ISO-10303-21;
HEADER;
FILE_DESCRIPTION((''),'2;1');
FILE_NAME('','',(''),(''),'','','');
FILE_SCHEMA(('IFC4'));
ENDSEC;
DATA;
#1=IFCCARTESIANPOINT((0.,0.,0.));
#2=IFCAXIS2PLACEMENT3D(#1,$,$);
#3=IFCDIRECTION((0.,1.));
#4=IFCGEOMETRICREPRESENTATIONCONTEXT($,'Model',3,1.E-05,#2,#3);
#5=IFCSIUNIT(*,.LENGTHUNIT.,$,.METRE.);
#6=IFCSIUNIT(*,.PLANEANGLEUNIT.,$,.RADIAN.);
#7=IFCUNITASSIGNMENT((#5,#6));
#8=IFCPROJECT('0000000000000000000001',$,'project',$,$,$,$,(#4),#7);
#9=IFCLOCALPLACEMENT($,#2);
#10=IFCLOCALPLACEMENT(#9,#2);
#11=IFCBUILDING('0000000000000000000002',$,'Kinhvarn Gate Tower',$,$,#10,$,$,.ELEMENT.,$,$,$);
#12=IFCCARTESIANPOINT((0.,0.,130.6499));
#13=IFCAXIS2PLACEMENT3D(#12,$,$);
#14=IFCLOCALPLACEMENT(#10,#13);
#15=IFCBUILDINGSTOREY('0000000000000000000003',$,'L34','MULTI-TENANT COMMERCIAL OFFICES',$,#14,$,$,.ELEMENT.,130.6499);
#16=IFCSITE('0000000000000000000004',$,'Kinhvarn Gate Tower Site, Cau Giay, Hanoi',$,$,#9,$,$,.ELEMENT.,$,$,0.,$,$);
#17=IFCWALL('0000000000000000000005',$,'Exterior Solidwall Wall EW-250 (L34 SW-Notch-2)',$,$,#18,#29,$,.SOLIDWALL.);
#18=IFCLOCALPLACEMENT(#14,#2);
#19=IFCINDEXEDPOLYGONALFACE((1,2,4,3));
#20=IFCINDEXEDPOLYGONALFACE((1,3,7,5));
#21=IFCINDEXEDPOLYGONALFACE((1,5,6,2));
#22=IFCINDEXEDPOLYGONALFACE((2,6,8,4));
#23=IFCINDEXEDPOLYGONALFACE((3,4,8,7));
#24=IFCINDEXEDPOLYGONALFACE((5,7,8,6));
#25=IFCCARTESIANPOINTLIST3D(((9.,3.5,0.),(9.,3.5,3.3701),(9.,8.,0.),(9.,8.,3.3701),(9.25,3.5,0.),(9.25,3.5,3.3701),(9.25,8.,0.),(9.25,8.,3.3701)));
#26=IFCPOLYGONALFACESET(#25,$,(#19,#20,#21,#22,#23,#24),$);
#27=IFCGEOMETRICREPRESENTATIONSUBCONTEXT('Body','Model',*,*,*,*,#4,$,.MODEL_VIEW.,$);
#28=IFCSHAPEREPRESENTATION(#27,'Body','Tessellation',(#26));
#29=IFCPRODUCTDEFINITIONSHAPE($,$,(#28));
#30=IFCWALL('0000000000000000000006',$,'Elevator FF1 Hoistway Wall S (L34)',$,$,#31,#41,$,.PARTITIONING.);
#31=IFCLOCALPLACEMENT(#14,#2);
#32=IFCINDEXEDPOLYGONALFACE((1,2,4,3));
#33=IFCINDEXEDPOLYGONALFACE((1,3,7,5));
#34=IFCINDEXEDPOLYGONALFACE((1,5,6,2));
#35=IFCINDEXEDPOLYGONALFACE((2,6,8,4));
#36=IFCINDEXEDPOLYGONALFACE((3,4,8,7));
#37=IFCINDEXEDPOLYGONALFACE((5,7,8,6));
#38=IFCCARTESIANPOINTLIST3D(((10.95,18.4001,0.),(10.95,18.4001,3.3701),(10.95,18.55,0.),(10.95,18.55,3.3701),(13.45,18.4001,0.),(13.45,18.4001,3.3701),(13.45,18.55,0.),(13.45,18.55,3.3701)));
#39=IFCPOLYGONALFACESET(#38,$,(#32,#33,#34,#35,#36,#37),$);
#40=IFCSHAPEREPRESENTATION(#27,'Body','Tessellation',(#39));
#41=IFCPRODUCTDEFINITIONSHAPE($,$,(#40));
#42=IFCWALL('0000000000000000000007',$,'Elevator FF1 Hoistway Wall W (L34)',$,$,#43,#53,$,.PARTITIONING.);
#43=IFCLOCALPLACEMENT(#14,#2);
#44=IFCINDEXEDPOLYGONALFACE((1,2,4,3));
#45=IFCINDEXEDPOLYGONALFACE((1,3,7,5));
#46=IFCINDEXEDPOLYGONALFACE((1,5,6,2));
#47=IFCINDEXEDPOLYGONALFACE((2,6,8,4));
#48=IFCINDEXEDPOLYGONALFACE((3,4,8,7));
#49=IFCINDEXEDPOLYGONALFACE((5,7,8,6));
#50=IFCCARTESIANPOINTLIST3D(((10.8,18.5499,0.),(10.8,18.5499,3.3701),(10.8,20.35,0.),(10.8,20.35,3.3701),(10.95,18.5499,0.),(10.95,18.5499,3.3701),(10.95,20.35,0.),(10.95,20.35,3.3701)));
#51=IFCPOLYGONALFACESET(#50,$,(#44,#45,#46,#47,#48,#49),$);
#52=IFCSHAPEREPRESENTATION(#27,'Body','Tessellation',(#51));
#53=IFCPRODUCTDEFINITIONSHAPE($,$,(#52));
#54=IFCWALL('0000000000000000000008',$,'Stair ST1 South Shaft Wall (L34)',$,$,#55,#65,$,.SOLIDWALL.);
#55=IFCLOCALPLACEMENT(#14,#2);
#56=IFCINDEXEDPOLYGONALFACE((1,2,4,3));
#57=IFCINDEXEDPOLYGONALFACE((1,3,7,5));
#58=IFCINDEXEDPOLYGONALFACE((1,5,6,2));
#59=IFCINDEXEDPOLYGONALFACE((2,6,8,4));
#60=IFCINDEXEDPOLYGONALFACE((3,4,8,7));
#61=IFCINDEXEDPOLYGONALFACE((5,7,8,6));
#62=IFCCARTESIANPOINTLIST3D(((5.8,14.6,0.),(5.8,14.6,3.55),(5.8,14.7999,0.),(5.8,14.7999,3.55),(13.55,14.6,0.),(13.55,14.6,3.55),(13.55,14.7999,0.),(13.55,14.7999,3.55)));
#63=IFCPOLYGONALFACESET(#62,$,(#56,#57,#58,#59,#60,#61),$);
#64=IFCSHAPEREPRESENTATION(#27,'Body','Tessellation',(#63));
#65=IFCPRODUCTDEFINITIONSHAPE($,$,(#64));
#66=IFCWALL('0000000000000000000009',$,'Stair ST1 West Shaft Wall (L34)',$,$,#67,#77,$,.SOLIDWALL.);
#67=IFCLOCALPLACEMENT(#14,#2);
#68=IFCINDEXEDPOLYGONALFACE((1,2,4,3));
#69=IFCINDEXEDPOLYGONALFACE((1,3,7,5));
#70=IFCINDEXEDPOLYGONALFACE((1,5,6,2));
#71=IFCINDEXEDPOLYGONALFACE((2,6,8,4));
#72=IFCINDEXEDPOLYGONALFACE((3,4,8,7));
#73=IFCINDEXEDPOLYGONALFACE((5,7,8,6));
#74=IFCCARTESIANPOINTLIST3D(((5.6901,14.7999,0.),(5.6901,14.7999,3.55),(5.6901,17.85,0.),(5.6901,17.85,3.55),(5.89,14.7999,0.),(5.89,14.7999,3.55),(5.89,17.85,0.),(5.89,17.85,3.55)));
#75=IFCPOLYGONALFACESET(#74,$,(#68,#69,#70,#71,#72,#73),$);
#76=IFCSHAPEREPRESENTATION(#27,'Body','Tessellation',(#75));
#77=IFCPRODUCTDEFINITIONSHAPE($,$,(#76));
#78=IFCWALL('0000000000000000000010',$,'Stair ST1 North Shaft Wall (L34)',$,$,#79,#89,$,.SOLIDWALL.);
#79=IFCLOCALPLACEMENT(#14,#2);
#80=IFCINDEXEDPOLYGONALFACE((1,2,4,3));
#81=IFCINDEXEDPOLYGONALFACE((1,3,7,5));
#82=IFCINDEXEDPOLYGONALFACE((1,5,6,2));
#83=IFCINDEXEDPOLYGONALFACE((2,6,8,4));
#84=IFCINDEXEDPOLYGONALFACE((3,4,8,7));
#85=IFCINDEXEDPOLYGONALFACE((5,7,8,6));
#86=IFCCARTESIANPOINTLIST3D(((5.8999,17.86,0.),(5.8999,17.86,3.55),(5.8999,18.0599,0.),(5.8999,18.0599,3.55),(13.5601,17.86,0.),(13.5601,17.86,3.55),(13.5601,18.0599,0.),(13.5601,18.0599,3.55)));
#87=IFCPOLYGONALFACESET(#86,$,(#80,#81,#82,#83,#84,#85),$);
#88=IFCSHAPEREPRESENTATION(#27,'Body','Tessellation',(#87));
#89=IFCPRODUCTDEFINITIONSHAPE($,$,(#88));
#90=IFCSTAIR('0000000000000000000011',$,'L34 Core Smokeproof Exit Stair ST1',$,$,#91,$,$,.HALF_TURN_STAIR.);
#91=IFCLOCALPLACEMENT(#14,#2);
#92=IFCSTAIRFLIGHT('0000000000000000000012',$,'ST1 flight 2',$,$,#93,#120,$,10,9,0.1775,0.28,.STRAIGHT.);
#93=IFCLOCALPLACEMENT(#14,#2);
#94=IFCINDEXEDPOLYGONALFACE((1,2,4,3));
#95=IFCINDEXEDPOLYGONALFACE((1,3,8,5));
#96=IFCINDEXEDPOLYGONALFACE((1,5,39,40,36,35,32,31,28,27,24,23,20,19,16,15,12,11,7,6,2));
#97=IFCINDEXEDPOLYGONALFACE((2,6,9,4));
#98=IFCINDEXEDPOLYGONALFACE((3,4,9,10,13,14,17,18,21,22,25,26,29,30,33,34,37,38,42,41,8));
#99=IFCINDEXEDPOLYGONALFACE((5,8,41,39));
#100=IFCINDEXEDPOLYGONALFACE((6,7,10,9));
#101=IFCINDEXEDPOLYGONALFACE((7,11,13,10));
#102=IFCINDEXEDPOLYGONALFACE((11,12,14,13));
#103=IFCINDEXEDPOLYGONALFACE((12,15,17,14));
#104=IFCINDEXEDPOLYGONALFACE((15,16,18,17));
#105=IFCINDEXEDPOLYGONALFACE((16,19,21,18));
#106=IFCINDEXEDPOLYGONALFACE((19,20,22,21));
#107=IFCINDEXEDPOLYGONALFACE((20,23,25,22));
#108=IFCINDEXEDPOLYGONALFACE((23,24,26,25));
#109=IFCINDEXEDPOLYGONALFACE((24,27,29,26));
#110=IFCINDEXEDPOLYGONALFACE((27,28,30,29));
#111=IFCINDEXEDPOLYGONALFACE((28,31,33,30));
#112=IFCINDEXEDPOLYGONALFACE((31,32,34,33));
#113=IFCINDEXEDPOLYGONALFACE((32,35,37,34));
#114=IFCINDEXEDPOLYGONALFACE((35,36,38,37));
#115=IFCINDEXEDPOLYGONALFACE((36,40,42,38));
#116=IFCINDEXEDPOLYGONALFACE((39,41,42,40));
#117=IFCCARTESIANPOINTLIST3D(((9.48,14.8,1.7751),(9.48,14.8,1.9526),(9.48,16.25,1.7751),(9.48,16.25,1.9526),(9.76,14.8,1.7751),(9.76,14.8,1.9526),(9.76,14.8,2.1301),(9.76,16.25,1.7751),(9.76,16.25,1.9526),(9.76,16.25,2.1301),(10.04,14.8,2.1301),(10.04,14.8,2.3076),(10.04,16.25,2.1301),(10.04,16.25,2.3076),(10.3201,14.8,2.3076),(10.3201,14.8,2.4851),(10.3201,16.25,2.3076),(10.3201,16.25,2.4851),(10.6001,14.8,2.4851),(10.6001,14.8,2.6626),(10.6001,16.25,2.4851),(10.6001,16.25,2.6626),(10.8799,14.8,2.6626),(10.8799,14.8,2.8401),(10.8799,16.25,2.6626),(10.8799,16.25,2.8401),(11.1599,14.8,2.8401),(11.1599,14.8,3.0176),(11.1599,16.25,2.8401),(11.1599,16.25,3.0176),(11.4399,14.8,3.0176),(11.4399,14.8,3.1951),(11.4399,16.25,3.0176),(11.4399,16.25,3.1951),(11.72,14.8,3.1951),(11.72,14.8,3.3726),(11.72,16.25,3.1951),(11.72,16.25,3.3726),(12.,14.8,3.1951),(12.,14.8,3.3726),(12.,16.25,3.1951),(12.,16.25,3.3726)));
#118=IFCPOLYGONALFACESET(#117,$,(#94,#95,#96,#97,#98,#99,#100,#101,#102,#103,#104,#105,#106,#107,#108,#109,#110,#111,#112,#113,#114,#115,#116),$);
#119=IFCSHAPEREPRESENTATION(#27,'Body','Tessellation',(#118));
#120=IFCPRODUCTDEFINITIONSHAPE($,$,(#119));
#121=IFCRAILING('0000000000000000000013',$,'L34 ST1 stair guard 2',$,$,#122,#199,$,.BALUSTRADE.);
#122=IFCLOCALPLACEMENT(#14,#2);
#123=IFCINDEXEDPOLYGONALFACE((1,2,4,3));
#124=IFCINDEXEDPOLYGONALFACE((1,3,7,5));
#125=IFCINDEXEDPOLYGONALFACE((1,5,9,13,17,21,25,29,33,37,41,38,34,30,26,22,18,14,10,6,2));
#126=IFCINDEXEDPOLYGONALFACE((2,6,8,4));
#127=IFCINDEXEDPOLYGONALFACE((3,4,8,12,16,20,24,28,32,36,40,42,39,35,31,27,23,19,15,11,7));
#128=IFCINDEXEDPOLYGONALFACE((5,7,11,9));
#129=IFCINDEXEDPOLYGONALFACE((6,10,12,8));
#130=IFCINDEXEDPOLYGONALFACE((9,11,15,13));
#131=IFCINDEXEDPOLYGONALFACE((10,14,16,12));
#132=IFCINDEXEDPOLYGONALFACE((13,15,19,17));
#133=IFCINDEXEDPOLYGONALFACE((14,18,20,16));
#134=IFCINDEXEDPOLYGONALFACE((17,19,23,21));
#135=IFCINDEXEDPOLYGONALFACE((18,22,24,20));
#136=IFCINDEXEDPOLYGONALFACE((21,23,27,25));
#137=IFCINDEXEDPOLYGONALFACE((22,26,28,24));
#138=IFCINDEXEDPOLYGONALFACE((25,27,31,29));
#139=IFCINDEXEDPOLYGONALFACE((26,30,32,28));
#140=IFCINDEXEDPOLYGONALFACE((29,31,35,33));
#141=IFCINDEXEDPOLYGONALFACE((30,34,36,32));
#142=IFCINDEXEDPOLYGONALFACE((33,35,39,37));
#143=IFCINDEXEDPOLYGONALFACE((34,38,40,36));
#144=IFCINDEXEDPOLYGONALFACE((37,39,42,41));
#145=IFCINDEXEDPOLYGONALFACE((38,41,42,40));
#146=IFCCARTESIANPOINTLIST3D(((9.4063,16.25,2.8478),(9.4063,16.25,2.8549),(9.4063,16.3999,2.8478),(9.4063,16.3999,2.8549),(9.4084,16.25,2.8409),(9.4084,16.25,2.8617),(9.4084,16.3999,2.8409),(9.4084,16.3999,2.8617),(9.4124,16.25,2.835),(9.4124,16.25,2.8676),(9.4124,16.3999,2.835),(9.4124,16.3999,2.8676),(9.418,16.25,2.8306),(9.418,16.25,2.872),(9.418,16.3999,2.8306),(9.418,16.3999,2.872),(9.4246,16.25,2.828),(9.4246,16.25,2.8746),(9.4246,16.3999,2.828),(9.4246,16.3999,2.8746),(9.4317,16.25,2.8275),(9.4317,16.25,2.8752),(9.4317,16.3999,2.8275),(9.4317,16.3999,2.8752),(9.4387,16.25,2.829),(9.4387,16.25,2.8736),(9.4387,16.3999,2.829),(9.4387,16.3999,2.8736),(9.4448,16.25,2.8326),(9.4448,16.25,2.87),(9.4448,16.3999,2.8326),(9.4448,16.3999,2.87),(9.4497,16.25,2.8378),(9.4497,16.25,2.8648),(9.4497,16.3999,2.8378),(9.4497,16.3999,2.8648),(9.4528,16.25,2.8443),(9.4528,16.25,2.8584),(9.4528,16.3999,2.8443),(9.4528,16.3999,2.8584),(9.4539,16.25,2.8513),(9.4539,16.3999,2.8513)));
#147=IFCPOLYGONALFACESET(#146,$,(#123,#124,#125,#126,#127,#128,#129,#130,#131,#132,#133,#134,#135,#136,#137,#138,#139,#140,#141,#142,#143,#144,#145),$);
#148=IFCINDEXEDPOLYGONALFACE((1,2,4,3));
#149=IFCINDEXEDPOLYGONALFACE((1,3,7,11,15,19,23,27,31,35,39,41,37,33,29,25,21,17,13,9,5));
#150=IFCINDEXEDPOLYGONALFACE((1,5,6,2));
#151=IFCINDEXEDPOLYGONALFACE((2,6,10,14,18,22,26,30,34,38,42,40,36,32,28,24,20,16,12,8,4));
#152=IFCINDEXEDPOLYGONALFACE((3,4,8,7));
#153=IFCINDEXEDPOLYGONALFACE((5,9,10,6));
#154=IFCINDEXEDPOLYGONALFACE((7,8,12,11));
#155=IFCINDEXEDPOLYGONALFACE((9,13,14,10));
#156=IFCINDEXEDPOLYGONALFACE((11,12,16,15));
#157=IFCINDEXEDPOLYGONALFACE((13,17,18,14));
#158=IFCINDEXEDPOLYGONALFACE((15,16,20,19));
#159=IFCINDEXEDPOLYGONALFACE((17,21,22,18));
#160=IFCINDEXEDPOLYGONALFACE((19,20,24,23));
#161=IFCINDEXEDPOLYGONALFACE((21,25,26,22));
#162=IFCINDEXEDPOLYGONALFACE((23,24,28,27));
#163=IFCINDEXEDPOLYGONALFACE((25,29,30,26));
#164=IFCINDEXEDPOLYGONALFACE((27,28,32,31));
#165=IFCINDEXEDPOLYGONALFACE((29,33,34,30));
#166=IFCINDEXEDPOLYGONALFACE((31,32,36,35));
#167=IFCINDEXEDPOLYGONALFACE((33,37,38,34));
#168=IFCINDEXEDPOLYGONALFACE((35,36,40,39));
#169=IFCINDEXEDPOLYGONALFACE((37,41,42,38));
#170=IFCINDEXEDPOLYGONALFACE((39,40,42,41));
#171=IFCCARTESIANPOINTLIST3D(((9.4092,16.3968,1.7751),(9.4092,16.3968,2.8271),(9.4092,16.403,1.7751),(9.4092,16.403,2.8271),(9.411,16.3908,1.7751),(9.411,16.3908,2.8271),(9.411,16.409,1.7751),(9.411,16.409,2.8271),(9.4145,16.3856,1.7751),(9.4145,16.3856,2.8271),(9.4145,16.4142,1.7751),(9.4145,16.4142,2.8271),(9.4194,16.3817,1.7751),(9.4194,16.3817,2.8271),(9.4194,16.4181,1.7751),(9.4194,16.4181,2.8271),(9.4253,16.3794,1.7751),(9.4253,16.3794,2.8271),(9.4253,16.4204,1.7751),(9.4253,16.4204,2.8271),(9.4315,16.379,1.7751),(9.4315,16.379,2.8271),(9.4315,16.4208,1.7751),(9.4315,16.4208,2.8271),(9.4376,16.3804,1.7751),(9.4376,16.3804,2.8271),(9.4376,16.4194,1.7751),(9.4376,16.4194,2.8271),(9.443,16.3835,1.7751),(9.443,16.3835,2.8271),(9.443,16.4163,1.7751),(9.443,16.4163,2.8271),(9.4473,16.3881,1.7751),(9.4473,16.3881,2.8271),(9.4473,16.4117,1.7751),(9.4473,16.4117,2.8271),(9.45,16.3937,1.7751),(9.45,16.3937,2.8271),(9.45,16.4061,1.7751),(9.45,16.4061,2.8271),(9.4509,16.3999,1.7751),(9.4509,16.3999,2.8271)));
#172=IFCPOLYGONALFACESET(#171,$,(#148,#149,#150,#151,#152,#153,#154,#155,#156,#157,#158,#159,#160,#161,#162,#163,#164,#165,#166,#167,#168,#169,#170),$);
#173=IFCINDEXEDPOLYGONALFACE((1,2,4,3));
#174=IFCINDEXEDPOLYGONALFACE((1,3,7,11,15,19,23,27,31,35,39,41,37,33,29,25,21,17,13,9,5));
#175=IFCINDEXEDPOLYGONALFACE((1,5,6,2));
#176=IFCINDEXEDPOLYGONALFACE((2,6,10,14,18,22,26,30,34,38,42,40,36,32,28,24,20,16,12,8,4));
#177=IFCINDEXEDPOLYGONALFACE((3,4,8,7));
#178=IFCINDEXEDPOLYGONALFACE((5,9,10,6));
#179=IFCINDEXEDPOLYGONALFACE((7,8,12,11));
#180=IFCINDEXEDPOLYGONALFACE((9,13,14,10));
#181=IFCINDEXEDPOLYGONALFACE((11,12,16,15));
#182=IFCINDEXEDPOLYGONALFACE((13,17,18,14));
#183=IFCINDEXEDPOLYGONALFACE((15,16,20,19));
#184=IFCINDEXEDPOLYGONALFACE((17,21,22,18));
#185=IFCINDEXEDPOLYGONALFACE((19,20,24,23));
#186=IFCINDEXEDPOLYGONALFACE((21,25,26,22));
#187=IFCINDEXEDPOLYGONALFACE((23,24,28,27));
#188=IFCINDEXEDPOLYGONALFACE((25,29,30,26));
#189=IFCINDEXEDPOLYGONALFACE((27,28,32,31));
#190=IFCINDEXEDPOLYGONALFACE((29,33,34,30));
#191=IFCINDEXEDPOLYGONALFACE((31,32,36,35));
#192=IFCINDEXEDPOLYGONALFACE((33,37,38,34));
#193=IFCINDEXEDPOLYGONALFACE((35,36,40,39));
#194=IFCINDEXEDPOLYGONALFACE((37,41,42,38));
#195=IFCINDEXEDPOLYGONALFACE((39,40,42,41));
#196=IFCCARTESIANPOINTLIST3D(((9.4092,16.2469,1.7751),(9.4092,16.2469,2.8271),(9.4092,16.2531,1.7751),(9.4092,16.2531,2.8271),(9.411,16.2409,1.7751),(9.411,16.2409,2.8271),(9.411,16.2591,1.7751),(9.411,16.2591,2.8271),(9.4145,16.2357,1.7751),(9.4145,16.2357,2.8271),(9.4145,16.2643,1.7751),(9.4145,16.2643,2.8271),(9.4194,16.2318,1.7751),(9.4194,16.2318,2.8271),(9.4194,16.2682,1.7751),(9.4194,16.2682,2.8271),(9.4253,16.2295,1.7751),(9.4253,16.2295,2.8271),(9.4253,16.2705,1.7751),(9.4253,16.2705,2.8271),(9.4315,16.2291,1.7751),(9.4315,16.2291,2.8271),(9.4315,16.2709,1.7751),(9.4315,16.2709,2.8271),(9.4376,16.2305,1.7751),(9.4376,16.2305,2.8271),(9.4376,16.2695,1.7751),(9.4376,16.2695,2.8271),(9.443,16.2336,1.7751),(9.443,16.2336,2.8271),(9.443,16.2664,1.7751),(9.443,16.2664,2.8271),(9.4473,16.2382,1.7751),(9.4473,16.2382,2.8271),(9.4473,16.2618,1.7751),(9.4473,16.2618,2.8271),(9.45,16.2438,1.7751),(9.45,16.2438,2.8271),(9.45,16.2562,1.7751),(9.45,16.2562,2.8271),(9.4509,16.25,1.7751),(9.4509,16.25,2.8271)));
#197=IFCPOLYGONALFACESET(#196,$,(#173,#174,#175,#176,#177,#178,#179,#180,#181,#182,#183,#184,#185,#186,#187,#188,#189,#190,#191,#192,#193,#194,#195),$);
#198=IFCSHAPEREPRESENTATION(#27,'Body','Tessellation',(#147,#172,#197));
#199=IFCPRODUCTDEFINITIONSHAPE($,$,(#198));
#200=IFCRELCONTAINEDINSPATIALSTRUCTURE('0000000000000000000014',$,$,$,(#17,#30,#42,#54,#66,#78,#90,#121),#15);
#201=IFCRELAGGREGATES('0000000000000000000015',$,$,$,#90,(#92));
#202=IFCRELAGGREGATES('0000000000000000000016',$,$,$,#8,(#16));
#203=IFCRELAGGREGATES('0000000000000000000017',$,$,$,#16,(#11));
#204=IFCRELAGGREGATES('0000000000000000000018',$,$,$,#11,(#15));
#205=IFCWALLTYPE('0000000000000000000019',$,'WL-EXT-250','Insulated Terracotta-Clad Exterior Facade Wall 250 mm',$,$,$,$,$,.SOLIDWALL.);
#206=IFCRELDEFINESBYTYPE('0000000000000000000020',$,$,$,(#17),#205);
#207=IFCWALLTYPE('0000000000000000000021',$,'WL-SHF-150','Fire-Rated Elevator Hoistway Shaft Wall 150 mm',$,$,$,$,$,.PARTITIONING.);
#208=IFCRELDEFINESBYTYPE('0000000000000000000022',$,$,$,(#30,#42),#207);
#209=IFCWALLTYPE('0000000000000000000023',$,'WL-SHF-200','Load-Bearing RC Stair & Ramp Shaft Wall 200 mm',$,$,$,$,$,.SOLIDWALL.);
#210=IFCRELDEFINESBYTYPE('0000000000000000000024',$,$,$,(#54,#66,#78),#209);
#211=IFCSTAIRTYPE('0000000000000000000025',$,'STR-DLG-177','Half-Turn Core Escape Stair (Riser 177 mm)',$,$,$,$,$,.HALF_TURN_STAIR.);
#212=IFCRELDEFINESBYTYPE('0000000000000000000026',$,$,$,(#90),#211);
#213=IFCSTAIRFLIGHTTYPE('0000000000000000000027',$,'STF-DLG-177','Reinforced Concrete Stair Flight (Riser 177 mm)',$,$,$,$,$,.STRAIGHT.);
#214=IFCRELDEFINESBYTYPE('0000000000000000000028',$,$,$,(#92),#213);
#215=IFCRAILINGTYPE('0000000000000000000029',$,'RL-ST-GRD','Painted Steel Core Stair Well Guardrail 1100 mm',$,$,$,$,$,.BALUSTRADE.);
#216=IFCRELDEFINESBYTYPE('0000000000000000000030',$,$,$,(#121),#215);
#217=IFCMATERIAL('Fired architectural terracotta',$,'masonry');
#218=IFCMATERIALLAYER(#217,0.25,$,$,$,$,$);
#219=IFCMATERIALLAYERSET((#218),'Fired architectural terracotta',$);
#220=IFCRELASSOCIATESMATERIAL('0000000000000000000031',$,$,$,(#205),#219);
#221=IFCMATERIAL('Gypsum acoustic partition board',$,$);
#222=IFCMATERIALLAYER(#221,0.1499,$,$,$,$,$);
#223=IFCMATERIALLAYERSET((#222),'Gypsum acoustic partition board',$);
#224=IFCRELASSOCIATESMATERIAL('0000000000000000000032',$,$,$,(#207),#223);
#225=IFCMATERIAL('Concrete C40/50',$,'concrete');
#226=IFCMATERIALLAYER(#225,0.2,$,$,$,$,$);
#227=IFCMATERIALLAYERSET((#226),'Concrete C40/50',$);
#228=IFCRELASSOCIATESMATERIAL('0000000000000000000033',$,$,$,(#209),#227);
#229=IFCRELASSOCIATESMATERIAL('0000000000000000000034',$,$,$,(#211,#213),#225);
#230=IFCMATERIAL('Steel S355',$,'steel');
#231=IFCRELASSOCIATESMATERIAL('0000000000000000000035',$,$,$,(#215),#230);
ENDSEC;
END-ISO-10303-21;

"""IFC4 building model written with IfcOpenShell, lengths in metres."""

from ifc_helpers import new_model, si_unit, direction, frame, frame_2d, origin, origin_2d, place, context, subcontext, project, spatial, polyline, rectangle, circle, outline, extrude, material, layer, layer_set, type_object, element, aggregate, save


model = new_model("IFC4")

# Units and contexts
model_context = context("Model", 3, precision=1e-05, world=origin(), true_north=direction((0.0, 1.0)))
body_context = subcontext(model_context, "Body", "Model", "MODEL_VIEW")
ifc_project = project(units=[si_unit("LENGTHUNIT", "METRE"), si_unit("PLANEANGLEUNIT", "RADIAN")], contexts=[model_context])

# Site, building, storey
site_placement = place(None, origin())
site = spatial("IfcSite", under=ifc_project, at=site_placement, Name="Kinhvarn Gate Tower Site, Cau Giay, Hanoi", CompositionType="ELEMENT", RefElevation=0.0)
building_placement = place(site_placement, origin())
building = spatial("IfcBuilding", under=site, at=building_placement, Name="Kinhvarn Gate Tower", CompositionType="ELEMENT")
storey_placement = place(building_placement, frame((0.0, 0.0, 130.6499)))
storey = spatial("IfcBuildingStorey", under=building, at=storey_placement, Name="L34", Description="MULTI-TENANT COMMERCIAL OFFICES", CompositionType="ELEMENT", Elevation=130.6499)

# Shared definitions
ifc_material_1 = material(Name="Steel S355", Category="steel")

# Shared definitions
ifc_material_2 = material(Name="Fired architectural terracotta", Category="masonry")
ifc_layer_1 = layer(ifc_material_2, 0.25)
ifc_layer_set_1 = layer_set([ifc_layer_1], Name="Fired architectural terracotta")
wall_type_1 = type_object("IfcWallType", Name="WL-EXT-250", Description="Insulated Terracotta-Clad Exterior Facade Wall 250 mm", PredefinedType="SOLIDWALL", material=ifc_layer_set_1)

# Walls
wall_1_placement = place(storey_placement, frame((9.125, 8.0, 0.0), z_axis=(0.0, 0.0, 1.0), x_axis=(0.0, -1.0, 0.0)))
element("IfcWall", 1, at=wall_1_placement, inside=storey, type_object=wall_type_1, Name="Exterior Solidwall Wall EW-250 (L34 SW-Notch-2)", PredefinedType="SOLIDWALL", context=body_context, shape_type="SweptSolid", body=[
    extrude(rectangle(XDim=4.5, YDim=0.25, at=frame_2d((2.25, 0.0))), origin(), (0.0, 0.0, 1.0), 3.3701),
])
ifc_material_3 = material(Name="Gypsum acoustic partition board")
ifc_layer_2 = layer(ifc_material_3, 0.1499)
ifc_layer_set_2 = layer_set([ifc_layer_2], Name="Gypsum acoustic partition board")
wall_type_2 = type_object("IfcWallType", Name="WL-SHF-150", Description="Fire-Rated Elevator Hoistway Shaft Wall 150 mm", PredefinedType="PARTITIONING", material=ifc_layer_set_2)
wall_2_placement = place(storey_placement, frame((10.95, 18.4751, 0.0), z_axis=(0.0, 0.0, 1.0), x_axis=(1.0, 0.0, 0.0)))
element("IfcWall", 2, at=wall_2_placement, inside=storey, type_object=wall_type_2, Name="Elevator FF1 Hoistway Wall S (L34)", PredefinedType="PARTITIONING", context=body_context, shape_type="SweptSolid", body=[
    extrude(rectangle(XDim=2.5, YDim=0.1499, at=frame_2d((1.25, 0.0))), origin(), (0.0, 0.0, 1.0), 3.3701),
])
wall_3_placement = place(storey_placement, frame((10.875, 18.55, 0.0), z_axis=(0.0, 0.0, 1.0), x_axis=(0.0, 1.0, 0.0)))
element("IfcWall", 3, at=wall_3_placement, inside=storey, type_object=wall_type_2, Name="Elevator FF1 Hoistway Wall W (L34)", PredefinedType="PARTITIONING", context=body_context, shape_type="SweptSolid", body=[
    extrude(rectangle(XDim=1.8, YDim=0.1499, at=frame_2d((0.8999, 0.0))), origin(), (0.0, 0.0, 1.0), 3.3701),
])
ifc_material_4 = material(Name="Concrete C40/50", Category="concrete")
ifc_layer_3 = layer(ifc_material_4, 0.2)
ifc_layer_set_3 = layer_set([ifc_layer_3], Name="Concrete C40/50")
wall_type_3 = type_object("IfcWallType", Name="WL-SHF-200", Description="Load-Bearing RC Stair & Ramp Shaft Wall 200 mm", PredefinedType="SOLIDWALL", material=ifc_layer_set_3)
wall_4_placement = place(storey_placement, frame((5.8, 14.7, 0.0), z_axis=(0.0, 0.0, 1.0), x_axis=(1.0, 0.0, 0.0)))
element("IfcWall", 4, at=wall_4_placement, inside=storey, type_object=wall_type_3, Name="Stair ST1 South Shaft Wall (L34)", PredefinedType="SOLIDWALL", context=body_context, shape_type="SweptSolid", body=[
    extrude(rectangle(XDim=7.75, YDim=0.2, at=frame_2d((3.875, 0.0))), origin(), (0.0, 0.0, 1.0), 3.55),
])
wall_5_placement = place(storey_placement, frame((5.79, 14.8, 0.0), z_axis=(0.0, 0.0, 1.0), x_axis=(0.0, 1.0, 0.0)))
element("IfcWall", 5, at=wall_5_placement, inside=storey, type_object=wall_type_3, Name="Stair ST1 West Shaft Wall (L34)", PredefinedType="SOLIDWALL", context=body_context, shape_type="SweptSolid", body=[
    extrude(rectangle(XDim=3.05, YDim=0.2, at=frame_2d((1.5249, 0.0))), origin(), (0.0, 0.0, 1.0), 3.55),
])
wall_6_placement = place(storey_placement, frame((5.8999, 17.96, 0.0), z_axis=(0.0, 0.0, 1.0), x_axis=(1.0, 0.0, 0.0)))
element("IfcWall", 6, at=wall_6_placement, inside=storey, type_object=wall_type_3, Name="Stair ST1 North Shaft Wall (L34)", PredefinedType="SOLIDWALL", context=body_context, shape_type="SweptSolid", body=[
    extrude(rectangle(XDim=7.6602, YDim=0.2, at=frame_2d((3.8301, 0.0))), origin(), (0.0, 0.0, 1.0), 3.55),
])

# Stair, stair flight
stair_type = type_object("IfcStairType", Name="STR-DLG-177", Description="Half-Turn Core Escape Stair (Riser 177 mm)", PredefinedType="HALF_TURN_STAIR", material=ifc_material_4)
stair_placement = place(storey_placement, origin())
stair = element("IfcStair", 7, at=stair_placement, inside=storey, type_object=stair_type, Name="L34 Core Smokeproof Exit Stair ST1", PredefinedType="HALF_TURN_STAIR")
stair_flight_type = type_object("IfcStairFlightType", Name="STF-DLG-177", Description="Reinforced Concrete Stair Flight (Riser 177 mm)", PredefinedType="STRAIGHT", material=ifc_material_4)
stair_flight_placement = place(storey_placement, frame((9.48, 15.5249, 1.7751), z_axis=(0.0, 0.0, 1.0), x_axis=(1.0, 0.0, 0.0)))
stair_flight = element("IfcStairFlight", 8, at=stair_flight_placement, type_object=stair_flight_type, Name="ST1 flight 2", NumberOfRisers=10, NumberOfTreads=9, PredefinedType="STRAIGHT", RiserHeight=0.1775, TreadLength=0.28, context=body_context, shape_type="SweptSolid", body=[
    extrude(outline(polyline([(0.0, 0.0), (0.0, 0.1775), (0.28, 0.1775), (0.28, 0.355), (0.5601, 0.355), (0.5601, 0.5325), (0.8401, 0.5325), (0.8401, 0.71), (1.1201, 0.71), (1.1201, 0.8875), (1.3999, 0.8875), (1.3999, 1.0649), (1.6799, 1.0649), (1.6799, 1.2424), (1.96, 1.2424), (1.96, 1.4199), (2.24, 1.4199), (2.24, 1.5974), (2.52, 1.5974), (2.52, 1.7749), (2.52, 1.4199), (0.28, 0.0), (0.0, 0.0)])), frame((0.0, 0.7251, 0.0), z_axis=(0.0, -1.0, 0.0), x_axis=(1.0, 0.0, 0.0)), (0.0, 0.0, 1.0), 1.45),
])
aggregate(stair, [stair_flight])

# Railing
railing_type_1 = type_object("IfcRailingType", Name="RL-ST-GRD", Description="Painted Steel Core Stair Well Guardrail 1100 mm", PredefinedType="BALUSTRADE", material=ifc_material_1)
railing_1_placement = place(storey_placement, frame((9.4299, 16.3999, 1.7751)))
element("IfcRailing", 9, at=railing_1_placement, inside=storey, type_object=railing_type_1, Name="L34 ST1 stair guard 2", PredefinedType="BALUSTRADE", context=body_context, shape_type="SweptSolid", body=[
    extrude(circle(Radius=0.0239, at=origin_2d()), frame((0.0, 0.0, 1.0762), z_axis=(0.0, -1.0, 0.0), x_axis=(1.0, 0.0, 0.0)), (0.0, 0.0, 1.0), 0.1499),
    extrude(circle(Radius=0.021, at=origin_2d()), origin(), (0.0, 0.0, 1.0), 1.052),
    extrude(circle(Radius=0.021, at=origin_2d()), frame((0.0, -0.1499, 0.0)), (0.0, 0.0, 1.0), 1.052),
])

save(model, "model.ifc")
